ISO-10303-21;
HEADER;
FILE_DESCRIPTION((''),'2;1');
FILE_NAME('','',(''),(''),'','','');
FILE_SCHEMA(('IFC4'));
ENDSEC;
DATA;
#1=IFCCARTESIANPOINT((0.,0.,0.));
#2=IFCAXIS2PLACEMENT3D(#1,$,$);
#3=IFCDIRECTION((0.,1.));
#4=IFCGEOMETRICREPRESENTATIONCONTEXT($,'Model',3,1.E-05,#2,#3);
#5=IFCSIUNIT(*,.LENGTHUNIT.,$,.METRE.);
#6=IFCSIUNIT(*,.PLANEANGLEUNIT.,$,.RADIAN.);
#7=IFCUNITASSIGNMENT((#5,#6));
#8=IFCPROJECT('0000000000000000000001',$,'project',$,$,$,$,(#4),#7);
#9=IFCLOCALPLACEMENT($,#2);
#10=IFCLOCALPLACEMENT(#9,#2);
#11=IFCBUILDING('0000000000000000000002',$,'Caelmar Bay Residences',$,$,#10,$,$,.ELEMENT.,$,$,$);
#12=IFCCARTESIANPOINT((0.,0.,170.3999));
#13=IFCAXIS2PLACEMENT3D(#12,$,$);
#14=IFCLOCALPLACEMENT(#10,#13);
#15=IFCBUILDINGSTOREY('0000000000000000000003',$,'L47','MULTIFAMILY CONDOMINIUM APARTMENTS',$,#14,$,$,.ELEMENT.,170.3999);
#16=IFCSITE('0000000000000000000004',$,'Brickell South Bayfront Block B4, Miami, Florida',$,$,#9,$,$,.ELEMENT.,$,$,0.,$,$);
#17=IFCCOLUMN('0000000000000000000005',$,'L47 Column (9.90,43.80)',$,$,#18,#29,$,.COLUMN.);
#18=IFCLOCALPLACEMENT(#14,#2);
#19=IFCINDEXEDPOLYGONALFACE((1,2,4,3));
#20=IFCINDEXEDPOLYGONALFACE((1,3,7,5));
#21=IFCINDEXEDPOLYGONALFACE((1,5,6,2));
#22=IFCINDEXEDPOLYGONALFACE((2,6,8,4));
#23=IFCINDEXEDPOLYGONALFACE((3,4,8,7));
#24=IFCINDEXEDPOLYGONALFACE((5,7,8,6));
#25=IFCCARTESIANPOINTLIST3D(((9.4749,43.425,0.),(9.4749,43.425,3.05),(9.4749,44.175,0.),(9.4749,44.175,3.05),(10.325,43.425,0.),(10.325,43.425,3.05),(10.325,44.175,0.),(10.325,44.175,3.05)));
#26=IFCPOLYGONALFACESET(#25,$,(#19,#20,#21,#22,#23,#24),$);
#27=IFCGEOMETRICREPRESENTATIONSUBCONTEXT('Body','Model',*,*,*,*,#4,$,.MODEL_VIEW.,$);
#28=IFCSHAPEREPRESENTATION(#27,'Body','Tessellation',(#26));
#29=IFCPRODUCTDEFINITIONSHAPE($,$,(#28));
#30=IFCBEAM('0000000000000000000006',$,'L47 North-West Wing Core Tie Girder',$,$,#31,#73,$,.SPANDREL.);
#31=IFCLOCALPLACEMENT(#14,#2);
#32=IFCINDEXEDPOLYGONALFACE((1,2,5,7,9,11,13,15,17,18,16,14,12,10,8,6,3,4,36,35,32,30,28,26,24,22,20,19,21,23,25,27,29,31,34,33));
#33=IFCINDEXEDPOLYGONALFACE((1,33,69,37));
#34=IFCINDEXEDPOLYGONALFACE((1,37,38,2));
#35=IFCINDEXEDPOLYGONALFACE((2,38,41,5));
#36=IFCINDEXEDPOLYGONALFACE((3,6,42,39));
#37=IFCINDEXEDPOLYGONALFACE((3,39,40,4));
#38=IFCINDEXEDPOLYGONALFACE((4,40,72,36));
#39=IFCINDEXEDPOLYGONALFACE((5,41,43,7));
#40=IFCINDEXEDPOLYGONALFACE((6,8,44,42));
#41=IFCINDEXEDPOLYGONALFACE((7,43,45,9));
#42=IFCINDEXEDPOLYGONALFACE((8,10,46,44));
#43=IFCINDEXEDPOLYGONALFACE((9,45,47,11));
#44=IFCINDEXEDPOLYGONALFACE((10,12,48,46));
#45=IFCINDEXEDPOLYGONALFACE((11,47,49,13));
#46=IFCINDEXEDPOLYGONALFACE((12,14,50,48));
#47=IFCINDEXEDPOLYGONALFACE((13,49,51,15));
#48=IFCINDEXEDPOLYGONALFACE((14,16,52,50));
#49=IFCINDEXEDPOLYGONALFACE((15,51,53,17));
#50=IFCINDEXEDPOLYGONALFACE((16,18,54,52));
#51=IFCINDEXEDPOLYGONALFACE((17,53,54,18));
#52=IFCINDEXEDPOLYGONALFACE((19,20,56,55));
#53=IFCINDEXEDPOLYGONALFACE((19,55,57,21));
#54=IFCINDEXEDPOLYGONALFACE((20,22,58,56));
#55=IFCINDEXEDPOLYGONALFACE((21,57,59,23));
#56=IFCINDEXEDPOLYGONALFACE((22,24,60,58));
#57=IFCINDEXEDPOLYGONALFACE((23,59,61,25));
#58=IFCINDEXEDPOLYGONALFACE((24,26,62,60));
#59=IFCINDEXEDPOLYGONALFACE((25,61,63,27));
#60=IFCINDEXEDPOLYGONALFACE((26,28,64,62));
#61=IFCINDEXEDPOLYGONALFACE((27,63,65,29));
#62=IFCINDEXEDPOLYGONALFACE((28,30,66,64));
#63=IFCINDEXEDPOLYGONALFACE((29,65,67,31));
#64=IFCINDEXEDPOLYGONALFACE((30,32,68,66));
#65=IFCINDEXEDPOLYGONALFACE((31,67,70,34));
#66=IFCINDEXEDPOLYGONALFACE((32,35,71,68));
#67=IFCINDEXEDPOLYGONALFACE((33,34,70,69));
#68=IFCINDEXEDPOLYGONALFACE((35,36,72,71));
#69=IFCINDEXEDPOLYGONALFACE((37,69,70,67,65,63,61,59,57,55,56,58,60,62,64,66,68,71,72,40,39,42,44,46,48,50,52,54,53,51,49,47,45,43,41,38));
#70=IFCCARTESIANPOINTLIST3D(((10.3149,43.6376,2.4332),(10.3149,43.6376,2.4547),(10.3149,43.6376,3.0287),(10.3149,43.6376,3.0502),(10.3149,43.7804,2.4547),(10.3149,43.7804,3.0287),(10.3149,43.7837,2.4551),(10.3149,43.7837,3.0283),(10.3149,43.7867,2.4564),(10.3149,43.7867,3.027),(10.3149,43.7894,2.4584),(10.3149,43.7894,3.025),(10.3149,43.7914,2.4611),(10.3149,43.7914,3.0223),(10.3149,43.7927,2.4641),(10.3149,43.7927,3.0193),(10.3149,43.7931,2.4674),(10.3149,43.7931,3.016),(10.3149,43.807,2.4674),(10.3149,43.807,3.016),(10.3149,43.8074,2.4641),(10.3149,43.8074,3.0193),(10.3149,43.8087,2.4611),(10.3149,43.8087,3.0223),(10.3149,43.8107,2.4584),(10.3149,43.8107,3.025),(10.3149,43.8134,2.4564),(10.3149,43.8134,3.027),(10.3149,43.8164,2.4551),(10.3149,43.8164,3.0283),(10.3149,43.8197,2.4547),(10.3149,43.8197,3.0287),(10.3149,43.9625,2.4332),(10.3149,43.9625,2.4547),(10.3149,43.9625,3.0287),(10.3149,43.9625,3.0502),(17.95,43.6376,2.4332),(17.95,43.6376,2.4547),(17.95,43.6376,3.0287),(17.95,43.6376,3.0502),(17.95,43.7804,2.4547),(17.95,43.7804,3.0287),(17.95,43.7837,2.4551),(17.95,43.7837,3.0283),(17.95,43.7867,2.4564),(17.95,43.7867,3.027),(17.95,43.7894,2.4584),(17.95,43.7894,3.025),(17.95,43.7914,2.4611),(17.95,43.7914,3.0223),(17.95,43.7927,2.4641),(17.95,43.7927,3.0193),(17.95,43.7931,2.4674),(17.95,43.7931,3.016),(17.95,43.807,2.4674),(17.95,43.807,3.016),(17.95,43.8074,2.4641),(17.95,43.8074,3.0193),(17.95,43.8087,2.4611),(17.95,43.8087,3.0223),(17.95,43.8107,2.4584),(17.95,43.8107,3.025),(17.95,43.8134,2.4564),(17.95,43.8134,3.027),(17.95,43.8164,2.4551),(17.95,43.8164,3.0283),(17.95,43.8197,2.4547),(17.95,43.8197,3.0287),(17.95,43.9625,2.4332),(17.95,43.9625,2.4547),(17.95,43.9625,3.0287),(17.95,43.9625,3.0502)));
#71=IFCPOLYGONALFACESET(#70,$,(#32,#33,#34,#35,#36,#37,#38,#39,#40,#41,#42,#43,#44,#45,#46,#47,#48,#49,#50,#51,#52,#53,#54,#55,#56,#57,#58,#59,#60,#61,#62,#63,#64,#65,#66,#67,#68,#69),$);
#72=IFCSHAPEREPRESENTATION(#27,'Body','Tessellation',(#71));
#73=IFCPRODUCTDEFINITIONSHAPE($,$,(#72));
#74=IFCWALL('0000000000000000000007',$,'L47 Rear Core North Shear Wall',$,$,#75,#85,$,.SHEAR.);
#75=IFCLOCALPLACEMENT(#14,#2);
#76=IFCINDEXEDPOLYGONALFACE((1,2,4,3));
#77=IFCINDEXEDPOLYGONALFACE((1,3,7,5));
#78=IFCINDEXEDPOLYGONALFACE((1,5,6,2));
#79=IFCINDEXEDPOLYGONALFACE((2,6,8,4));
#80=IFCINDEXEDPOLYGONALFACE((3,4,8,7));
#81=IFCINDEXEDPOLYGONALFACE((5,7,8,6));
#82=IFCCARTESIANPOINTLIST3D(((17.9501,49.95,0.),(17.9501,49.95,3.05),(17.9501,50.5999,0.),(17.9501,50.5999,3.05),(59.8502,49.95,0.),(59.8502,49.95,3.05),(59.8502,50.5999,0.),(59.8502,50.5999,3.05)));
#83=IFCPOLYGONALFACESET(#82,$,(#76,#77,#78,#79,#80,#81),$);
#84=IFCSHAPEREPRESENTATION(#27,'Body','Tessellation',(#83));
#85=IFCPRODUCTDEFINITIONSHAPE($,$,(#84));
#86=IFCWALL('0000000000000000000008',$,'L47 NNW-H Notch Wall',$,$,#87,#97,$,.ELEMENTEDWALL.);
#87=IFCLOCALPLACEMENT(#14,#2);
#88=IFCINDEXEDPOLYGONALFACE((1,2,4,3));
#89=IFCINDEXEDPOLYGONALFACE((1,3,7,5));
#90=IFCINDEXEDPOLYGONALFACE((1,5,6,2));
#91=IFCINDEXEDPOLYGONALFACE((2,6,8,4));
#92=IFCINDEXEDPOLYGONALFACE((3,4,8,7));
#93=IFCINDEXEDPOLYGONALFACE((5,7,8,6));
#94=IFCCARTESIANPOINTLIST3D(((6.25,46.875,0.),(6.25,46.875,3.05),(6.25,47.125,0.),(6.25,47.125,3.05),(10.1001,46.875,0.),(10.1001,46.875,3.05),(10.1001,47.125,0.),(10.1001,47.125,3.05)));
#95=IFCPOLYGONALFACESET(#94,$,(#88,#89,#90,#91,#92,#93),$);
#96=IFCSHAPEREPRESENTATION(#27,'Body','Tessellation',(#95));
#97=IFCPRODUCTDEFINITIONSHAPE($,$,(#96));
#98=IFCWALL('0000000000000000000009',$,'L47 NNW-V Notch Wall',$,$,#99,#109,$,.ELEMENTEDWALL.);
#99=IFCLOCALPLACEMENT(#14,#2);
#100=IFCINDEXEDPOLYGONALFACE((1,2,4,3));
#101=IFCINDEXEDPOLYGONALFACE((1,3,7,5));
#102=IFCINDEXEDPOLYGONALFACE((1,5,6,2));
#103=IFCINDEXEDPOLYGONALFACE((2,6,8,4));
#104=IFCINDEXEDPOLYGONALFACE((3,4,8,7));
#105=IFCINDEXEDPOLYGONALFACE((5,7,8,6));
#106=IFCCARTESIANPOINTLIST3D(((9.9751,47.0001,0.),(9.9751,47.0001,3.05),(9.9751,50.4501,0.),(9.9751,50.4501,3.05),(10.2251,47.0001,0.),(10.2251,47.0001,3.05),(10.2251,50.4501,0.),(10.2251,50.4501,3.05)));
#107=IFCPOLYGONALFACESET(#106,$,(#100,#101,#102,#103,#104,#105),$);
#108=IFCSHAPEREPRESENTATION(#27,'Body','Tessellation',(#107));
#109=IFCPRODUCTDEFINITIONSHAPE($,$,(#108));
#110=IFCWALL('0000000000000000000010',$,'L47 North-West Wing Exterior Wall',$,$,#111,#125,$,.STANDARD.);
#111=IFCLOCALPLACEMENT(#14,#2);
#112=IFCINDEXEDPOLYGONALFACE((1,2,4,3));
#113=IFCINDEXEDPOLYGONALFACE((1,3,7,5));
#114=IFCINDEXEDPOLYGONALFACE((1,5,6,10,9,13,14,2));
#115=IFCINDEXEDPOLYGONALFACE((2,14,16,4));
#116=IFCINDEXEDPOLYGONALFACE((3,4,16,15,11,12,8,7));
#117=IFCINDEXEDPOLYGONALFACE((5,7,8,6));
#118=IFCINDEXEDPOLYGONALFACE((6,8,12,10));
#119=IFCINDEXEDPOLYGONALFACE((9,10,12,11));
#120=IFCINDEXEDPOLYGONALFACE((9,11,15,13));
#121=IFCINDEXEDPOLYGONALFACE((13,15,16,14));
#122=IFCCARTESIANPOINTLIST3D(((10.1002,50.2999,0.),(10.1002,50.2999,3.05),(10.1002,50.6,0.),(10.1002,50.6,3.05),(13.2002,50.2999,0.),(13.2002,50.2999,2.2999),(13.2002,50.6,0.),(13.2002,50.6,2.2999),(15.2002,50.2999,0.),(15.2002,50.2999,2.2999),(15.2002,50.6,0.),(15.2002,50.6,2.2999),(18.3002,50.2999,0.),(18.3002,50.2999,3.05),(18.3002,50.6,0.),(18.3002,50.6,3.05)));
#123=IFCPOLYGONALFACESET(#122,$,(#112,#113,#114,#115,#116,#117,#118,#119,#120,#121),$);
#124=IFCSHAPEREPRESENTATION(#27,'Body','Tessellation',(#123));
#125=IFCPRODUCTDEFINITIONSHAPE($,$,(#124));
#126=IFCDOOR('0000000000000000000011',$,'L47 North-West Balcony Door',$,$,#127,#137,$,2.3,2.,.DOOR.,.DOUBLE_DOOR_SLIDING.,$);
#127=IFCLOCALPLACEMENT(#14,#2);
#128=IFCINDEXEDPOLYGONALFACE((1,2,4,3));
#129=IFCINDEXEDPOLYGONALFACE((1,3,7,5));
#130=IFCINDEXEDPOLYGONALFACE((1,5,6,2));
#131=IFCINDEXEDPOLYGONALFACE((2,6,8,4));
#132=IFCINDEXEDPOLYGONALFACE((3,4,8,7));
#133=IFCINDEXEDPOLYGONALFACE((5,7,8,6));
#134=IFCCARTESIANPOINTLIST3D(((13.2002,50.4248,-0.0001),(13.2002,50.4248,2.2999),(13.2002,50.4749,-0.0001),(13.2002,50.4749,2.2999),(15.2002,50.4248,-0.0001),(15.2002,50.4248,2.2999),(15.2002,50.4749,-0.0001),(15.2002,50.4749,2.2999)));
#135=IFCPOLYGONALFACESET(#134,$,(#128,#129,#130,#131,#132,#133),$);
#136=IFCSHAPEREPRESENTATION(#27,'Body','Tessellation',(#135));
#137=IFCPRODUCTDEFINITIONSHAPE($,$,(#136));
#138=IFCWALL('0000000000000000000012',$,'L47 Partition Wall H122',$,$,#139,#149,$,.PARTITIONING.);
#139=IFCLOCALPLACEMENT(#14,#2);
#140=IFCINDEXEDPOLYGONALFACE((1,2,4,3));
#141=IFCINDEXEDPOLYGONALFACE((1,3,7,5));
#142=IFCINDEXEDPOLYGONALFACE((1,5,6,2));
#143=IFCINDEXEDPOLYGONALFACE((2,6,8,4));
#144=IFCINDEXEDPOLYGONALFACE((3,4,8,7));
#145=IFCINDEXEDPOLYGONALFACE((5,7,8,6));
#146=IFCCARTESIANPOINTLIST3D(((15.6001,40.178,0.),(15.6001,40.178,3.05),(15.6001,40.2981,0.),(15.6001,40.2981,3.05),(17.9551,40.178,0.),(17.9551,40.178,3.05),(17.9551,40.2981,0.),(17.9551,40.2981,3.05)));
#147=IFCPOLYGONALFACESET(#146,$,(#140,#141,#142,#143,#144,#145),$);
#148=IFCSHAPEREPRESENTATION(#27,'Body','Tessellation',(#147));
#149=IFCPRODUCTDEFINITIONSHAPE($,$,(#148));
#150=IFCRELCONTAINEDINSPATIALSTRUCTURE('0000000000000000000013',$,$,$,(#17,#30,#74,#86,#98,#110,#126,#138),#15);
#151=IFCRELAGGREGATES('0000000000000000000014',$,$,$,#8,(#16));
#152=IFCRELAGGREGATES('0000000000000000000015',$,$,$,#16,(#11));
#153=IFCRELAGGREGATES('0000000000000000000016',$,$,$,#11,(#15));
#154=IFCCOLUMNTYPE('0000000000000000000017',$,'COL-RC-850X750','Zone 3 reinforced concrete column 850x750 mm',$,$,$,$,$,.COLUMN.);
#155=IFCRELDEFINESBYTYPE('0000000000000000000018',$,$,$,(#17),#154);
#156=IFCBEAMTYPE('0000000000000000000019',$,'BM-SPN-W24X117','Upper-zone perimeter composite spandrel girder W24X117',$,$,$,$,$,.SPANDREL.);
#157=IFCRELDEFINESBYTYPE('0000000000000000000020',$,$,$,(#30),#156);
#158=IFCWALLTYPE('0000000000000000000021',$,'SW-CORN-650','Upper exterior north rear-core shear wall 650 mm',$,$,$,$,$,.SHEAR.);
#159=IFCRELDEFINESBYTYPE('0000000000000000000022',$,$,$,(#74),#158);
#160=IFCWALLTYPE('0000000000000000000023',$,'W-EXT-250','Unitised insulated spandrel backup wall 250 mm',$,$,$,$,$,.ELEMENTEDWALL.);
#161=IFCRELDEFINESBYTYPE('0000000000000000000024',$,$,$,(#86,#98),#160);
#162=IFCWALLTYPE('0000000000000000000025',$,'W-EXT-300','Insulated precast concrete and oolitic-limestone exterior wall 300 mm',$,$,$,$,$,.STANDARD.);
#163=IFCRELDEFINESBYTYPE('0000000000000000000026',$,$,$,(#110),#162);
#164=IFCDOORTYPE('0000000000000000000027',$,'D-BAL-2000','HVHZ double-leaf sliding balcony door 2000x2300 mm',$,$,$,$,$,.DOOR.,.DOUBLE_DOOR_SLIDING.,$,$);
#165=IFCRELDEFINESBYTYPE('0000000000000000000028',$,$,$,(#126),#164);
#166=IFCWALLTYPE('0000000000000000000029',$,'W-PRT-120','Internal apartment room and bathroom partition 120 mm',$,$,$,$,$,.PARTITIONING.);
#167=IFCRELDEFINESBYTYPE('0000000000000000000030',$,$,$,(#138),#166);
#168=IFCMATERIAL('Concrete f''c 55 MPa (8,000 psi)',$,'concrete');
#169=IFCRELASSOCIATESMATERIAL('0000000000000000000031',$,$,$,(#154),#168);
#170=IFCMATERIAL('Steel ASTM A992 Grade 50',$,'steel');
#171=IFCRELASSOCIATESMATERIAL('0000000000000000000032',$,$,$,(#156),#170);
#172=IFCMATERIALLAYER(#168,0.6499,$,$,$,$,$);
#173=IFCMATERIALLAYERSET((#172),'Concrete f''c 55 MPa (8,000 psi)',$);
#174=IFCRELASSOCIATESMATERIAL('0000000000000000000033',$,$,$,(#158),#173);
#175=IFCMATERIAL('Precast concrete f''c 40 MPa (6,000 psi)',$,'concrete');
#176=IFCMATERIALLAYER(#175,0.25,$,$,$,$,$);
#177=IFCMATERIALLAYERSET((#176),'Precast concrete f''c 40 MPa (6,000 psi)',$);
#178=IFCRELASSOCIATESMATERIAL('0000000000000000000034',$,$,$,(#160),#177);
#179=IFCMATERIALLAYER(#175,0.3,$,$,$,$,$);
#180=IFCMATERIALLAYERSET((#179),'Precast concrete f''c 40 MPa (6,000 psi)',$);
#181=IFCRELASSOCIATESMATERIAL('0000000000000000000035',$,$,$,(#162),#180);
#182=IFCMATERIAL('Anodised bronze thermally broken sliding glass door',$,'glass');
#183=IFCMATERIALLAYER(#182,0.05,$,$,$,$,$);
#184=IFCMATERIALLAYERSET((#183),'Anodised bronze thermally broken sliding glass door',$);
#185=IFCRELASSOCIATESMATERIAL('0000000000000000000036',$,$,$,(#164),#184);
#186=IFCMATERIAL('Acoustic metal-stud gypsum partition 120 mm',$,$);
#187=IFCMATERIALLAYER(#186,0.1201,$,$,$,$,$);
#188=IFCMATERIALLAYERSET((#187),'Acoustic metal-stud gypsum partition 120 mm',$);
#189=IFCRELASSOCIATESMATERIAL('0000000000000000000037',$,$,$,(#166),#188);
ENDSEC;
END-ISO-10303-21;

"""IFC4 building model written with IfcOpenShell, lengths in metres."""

from ifc_helpers import new_model, si_unit, direction, frame, frame_2d, origin, origin_2d, place, context, subcontext, project, spatial, rectangle, i_section, extrude, material, layer, layer_set, material_profile, profile_set, type_object, element, fill, save


model = new_model("IFC4")

# Units and contexts
model_context = context("Model", 3, precision=1e-05, world=origin(), true_north=direction((0.0, 1.0)))
body_context = subcontext(model_context, "Body", "Model", "MODEL_VIEW")
ifc_project = project(units=[si_unit("LENGTHUNIT", "METRE"), si_unit("PLANEANGLEUNIT", "RADIAN")], contexts=[model_context])

# Site, building, storey
site_placement = place(None, origin())
site = spatial("IfcSite", under=ifc_project, at=site_placement, Name="Brickell South Bayfront Block B4, Miami, Florida", CompositionType="ELEMENT", RefElevation=0.0)
building_placement = place(site_placement, origin())
building = spatial("IfcBuilding", under=site, at=building_placement, Name="Caelmar Bay Residences", CompositionType="ELEMENT")
storey_placement = place(building_placement, frame((0.0, 0.0, 170.3999)))
storey = spatial("IfcBuildingStorey", under=building, at=storey_placement, Name="L47", Description="MULTIFAMILY CONDOMINIUM APARTMENTS", CompositionType="ELEMENT", Elevation=170.3999)

# Column
ifc_material_1 = material(Name="Concrete f'c 55 MPa (8,000 psi)", Category="concrete")
ifc_material_profile_1 = material_profile(ifc_material_1, rectangle(XDim=0.8501, YDim=0.75, at=origin_2d()), Name="RC-COL-850X750")
ifc_profile_set_1 = profile_set([ifc_material_profile_1], Name="Concrete f'c 55 MPa (8,000 psi)")
column_type = type_object("IfcColumnType", Name="COL-RC-850X750", Description="Zone 3 reinforced concrete column 850x750 mm", PredefinedType="COLUMN", material=ifc_profile_set_1)
column_placement = place(storey_placement, frame((9.8999, 43.8, 0.0), z_axis=(0.0, 0.0, 1.0), x_axis=(1.0, 0.0, 0.0)))
element("IfcColumn", 1, at=column_placement, inside=storey, type_object=column_type, Name="L47 Column (9.90,43.80)", PredefinedType="COLUMN", context=body_context, shape_type="SweptSolid", body=[
    extrude(rectangle(XDim=0.8501, YDim=0.75, at=origin_2d()), origin(), (0.0, 0.0, 1.0), 3.05),
])

# Beam
ifc_material_2 = material(Name="Steel ASTM A992 Grade 50", Category="steel")
ifc_material_profile_2 = material_profile(ifc_material_2, i_section(OverallWidth=0.325, OverallDepth=0.6169, WebThickness=0.0139, FlangeThickness=0.0215, FilletRadius=0.0127, at=origin_2d()), Name="W24X117")
ifc_profile_set_2 = profile_set([ifc_material_profile_2], Name="Steel ASTM A992 Grade 50")
beam_type = type_object("IfcBeamType", Name="BM-SPN-W24X117", Description="Upper-zone perimeter composite spandrel girder W24X117", PredefinedType="SPANDREL", material=ifc_profile_set_2)
beam_placement = place(storey_placement, frame((10.3149, 43.8, 2.7417), z_axis=(1.0, 0.0, 0.0), x_axis=(0.0, 1.0, 0.0)))
element("IfcBeam", 2, at=beam_placement, inside=storey, type_object=beam_type, Name="L47 North-West Wing Core Tie Girder", PredefinedType="SPANDREL", context=body_context, shape_type="SweptSolid", body=[
    extrude(i_section(OverallWidth=0.325, OverallDepth=0.6169, WebThickness=0.0139, FlangeThickness=0.0215, FilletRadius=0.0127, at=origin_2d()), origin(), (0.0, 0.0, 1.0), 7.635),
])

# Walls
ifc_layer_1 = layer(ifc_material_1, 0.6499)
ifc_layer_set_1 = layer_set([ifc_layer_1], Name="Concrete f'c 55 MPa (8,000 psi)")
wall_type_1 = type_object("IfcWallType", Name="SW-CORN-650", Description="Upper exterior north rear-core shear wall 650 mm", PredefinedType="SHEAR", material=ifc_layer_set_1)
wall_1_placement = place(storey_placement, frame((17.95, 50.2749, 0.0), z_axis=(0.0, 0.0, 1.0), x_axis=(1.0, 0.0, 0.0)))
element("IfcWall", 3, at=wall_1_placement, inside=storey, type_object=wall_type_1, Name="L47 Rear Core North Shear Wall", PredefinedType="SHEAR", context=body_context, shape_type="SweptSolid", body=[
    extrude(rectangle(XDim=41.9001, YDim=0.6499, at=frame_2d((20.9502, 0.0))), origin(), (0.0, 0.0, 1.0), 3.05),
])
ifc_material_3 = material(Name="Precast concrete f'c 40 MPa (6,000 psi)", Category="concrete")
ifc_layer_2 = layer(ifc_material_3, 0.25)
ifc_layer_set_2 = layer_set([ifc_layer_2], Name="Precast concrete f'c 40 MPa (6,000 psi)")
wall_type_2 = type_object("IfcWallType", Name="W-EXT-250", Description="Unitised insulated spandrel backup wall 250 mm", PredefinedType="ELEMENTEDWALL", material=ifc_layer_set_2)
wall_2_placement = place(storey_placement, frame((6.25, 47.0, 0.0), z_axis=(0.0, 0.0, 1.0), x_axis=(1.0, 0.0, 0.0)))
element("IfcWall", 4, at=wall_2_placement, inside=storey, type_object=wall_type_2, Name="L47 NNW-H Notch Wall", PredefinedType="ELEMENTEDWALL", context=body_context, shape_type="SweptSolid", body=[
    extrude(rectangle(XDim=3.8501, YDim=0.25, at=frame_2d((1.925, 0.0))), origin(), (0.0, 0.0, 1.0), 3.05),
])
wall_3_placement = place(storey_placement, frame((10.1001, 47.0, 0.0), z_axis=(0.0, 0.0, 1.0), x_axis=(0.0, 1.0, 0.0)))
element("IfcWall", 5, at=wall_3_placement, inside=storey, type_object=wall_type_2, Name="L47 NNW-V Notch Wall", PredefinedType="ELEMENTEDWALL", context=body_context, shape_type="SweptSolid", body=[
    extrude(rectangle(XDim=3.45, YDim=0.25, at=frame_2d((1.7251, 0.0))), origin(), (0.0, 0.0, 1.0), 3.05),
])

# Wall, opening, door
ifc_layer_3 = layer(ifc_material_3, 0.3)
ifc_layer_set_3 = layer_set([ifc_layer_3], Name="Precast concrete f'c 40 MPa (6,000 psi)")
wall_type_3 = type_object("IfcWallType", Name="W-EXT-300", Description="Insulated precast concrete and oolitic-limestone exterior wall 300 mm", PredefinedType="STANDARD", material=ifc_layer_set_3)
wall_4_placement = place(storey_placement, frame((10.1001, 50.45, 0.0), z_axis=(0.0, 0.0, 1.0), x_axis=(1.0, 0.0, 0.0)))
wall_4 = element("IfcWall", 6, at=wall_4_placement, inside=storey, type_object=wall_type_3, Name="L47 North-West Wing Exterior Wall", PredefinedType="STANDARD", context=body_context, shape_type="SweptSolid", body=[
    extrude(rectangle(XDim=8.2, YDim=0.3, at=frame_2d((4.1001, 0.0))), origin(), (0.0, 0.0, 1.0), 3.05),
])
opening_1_placement = place(wall_4_placement, frame((3.1001, 0.0, 0.0)))
opening_1 = element("IfcOpeningElement", 7, at=opening_1_placement, cuts=wall_4, PredefinedType="OPENING", context=body_context, shape_type="SweptSolid", body=[
    extrude(rectangle(XDim=2.0, YDim=2.3, at=frame_2d((1.0, 1.1499))), frame((0.0, 0.1599, 0.0), z_axis=(0.0, -1.0, 0.0), x_axis=(1.0, 0.0, 0.0)), (0.0, 0.0, 1.0), 0.3201),
])
ifc_material_4 = material(Name="Anodised bronze thermally broken sliding glass door", Category="glass")
ifc_layer_4 = layer(ifc_material_4, 0.05)
ifc_layer_set_4 = layer_set([ifc_layer_4], Name="Anodised bronze thermally broken sliding glass door")
door_type_1 = type_object("IfcDoorType", Name="D-BAL-2000", Description="HVHZ double-leaf sliding balcony door 2000x2300 mm", OperationType="DOUBLE_DOOR_SLIDING", PredefinedType="DOOR", material=ifc_layer_set_4)
door_1_placement = place(opening_1_placement, origin())
door_1 = element("IfcDoor", 8, at=door_1_placement, inside=storey, type_object=door_type_1, Name="L47 North-West Balcony Door", OperationType="DOUBLE_DOOR_SLIDING", OverallHeight=2.3, OverallWidth=2.0, PredefinedType="DOOR", context=body_context, shape_type="SweptSolid", body=[
    extrude(rectangle(XDim=2.0, YDim=2.3, at=frame_2d((1.0, 1.1499))), frame((0.0, 0.0249, 0.0), z_axis=(0.0, -1.0, 0.0), x_axis=(1.0, 0.0, 0.0)), (0.0, 0.0, 1.0), 0.05),
])
fill(opening_1, door_1)
ifc_material_5 = material(Name="Acoustic metal-stud gypsum partition 120 mm")
ifc_layer_5 = layer(ifc_material_5, 0.1201)
ifc_layer_set_5 = layer_set([ifc_layer_5], Name="Acoustic metal-stud gypsum partition 120 mm")
wall_type_4 = type_object("IfcWallType", Name="W-PRT-120", Description="Internal apartment room and bathroom partition 120 mm", PredefinedType="PARTITIONING", material=ifc_layer_set_5)

# Wall
wall_5_placement = place(storey_placement, frame((15.6001, 40.238, 0.0), z_axis=(0.0, 0.0, 1.0), x_axis=(1.0, 0.0, 0.0)))
element("IfcWall", 9, at=wall_5_placement, inside=storey, type_object=wall_type_4, Name="L47 Partition Wall H122", PredefinedType="PARTITIONING", context=body_context, shape_type="SweptSolid", body=[
    extrude(rectangle(XDim=2.355, YDim=0.1201, at=frame_2d((1.1775, 0.0))), origin(), (0.0, 0.0, 1.0), 3.05),
])

save(model, "model.ifc")
